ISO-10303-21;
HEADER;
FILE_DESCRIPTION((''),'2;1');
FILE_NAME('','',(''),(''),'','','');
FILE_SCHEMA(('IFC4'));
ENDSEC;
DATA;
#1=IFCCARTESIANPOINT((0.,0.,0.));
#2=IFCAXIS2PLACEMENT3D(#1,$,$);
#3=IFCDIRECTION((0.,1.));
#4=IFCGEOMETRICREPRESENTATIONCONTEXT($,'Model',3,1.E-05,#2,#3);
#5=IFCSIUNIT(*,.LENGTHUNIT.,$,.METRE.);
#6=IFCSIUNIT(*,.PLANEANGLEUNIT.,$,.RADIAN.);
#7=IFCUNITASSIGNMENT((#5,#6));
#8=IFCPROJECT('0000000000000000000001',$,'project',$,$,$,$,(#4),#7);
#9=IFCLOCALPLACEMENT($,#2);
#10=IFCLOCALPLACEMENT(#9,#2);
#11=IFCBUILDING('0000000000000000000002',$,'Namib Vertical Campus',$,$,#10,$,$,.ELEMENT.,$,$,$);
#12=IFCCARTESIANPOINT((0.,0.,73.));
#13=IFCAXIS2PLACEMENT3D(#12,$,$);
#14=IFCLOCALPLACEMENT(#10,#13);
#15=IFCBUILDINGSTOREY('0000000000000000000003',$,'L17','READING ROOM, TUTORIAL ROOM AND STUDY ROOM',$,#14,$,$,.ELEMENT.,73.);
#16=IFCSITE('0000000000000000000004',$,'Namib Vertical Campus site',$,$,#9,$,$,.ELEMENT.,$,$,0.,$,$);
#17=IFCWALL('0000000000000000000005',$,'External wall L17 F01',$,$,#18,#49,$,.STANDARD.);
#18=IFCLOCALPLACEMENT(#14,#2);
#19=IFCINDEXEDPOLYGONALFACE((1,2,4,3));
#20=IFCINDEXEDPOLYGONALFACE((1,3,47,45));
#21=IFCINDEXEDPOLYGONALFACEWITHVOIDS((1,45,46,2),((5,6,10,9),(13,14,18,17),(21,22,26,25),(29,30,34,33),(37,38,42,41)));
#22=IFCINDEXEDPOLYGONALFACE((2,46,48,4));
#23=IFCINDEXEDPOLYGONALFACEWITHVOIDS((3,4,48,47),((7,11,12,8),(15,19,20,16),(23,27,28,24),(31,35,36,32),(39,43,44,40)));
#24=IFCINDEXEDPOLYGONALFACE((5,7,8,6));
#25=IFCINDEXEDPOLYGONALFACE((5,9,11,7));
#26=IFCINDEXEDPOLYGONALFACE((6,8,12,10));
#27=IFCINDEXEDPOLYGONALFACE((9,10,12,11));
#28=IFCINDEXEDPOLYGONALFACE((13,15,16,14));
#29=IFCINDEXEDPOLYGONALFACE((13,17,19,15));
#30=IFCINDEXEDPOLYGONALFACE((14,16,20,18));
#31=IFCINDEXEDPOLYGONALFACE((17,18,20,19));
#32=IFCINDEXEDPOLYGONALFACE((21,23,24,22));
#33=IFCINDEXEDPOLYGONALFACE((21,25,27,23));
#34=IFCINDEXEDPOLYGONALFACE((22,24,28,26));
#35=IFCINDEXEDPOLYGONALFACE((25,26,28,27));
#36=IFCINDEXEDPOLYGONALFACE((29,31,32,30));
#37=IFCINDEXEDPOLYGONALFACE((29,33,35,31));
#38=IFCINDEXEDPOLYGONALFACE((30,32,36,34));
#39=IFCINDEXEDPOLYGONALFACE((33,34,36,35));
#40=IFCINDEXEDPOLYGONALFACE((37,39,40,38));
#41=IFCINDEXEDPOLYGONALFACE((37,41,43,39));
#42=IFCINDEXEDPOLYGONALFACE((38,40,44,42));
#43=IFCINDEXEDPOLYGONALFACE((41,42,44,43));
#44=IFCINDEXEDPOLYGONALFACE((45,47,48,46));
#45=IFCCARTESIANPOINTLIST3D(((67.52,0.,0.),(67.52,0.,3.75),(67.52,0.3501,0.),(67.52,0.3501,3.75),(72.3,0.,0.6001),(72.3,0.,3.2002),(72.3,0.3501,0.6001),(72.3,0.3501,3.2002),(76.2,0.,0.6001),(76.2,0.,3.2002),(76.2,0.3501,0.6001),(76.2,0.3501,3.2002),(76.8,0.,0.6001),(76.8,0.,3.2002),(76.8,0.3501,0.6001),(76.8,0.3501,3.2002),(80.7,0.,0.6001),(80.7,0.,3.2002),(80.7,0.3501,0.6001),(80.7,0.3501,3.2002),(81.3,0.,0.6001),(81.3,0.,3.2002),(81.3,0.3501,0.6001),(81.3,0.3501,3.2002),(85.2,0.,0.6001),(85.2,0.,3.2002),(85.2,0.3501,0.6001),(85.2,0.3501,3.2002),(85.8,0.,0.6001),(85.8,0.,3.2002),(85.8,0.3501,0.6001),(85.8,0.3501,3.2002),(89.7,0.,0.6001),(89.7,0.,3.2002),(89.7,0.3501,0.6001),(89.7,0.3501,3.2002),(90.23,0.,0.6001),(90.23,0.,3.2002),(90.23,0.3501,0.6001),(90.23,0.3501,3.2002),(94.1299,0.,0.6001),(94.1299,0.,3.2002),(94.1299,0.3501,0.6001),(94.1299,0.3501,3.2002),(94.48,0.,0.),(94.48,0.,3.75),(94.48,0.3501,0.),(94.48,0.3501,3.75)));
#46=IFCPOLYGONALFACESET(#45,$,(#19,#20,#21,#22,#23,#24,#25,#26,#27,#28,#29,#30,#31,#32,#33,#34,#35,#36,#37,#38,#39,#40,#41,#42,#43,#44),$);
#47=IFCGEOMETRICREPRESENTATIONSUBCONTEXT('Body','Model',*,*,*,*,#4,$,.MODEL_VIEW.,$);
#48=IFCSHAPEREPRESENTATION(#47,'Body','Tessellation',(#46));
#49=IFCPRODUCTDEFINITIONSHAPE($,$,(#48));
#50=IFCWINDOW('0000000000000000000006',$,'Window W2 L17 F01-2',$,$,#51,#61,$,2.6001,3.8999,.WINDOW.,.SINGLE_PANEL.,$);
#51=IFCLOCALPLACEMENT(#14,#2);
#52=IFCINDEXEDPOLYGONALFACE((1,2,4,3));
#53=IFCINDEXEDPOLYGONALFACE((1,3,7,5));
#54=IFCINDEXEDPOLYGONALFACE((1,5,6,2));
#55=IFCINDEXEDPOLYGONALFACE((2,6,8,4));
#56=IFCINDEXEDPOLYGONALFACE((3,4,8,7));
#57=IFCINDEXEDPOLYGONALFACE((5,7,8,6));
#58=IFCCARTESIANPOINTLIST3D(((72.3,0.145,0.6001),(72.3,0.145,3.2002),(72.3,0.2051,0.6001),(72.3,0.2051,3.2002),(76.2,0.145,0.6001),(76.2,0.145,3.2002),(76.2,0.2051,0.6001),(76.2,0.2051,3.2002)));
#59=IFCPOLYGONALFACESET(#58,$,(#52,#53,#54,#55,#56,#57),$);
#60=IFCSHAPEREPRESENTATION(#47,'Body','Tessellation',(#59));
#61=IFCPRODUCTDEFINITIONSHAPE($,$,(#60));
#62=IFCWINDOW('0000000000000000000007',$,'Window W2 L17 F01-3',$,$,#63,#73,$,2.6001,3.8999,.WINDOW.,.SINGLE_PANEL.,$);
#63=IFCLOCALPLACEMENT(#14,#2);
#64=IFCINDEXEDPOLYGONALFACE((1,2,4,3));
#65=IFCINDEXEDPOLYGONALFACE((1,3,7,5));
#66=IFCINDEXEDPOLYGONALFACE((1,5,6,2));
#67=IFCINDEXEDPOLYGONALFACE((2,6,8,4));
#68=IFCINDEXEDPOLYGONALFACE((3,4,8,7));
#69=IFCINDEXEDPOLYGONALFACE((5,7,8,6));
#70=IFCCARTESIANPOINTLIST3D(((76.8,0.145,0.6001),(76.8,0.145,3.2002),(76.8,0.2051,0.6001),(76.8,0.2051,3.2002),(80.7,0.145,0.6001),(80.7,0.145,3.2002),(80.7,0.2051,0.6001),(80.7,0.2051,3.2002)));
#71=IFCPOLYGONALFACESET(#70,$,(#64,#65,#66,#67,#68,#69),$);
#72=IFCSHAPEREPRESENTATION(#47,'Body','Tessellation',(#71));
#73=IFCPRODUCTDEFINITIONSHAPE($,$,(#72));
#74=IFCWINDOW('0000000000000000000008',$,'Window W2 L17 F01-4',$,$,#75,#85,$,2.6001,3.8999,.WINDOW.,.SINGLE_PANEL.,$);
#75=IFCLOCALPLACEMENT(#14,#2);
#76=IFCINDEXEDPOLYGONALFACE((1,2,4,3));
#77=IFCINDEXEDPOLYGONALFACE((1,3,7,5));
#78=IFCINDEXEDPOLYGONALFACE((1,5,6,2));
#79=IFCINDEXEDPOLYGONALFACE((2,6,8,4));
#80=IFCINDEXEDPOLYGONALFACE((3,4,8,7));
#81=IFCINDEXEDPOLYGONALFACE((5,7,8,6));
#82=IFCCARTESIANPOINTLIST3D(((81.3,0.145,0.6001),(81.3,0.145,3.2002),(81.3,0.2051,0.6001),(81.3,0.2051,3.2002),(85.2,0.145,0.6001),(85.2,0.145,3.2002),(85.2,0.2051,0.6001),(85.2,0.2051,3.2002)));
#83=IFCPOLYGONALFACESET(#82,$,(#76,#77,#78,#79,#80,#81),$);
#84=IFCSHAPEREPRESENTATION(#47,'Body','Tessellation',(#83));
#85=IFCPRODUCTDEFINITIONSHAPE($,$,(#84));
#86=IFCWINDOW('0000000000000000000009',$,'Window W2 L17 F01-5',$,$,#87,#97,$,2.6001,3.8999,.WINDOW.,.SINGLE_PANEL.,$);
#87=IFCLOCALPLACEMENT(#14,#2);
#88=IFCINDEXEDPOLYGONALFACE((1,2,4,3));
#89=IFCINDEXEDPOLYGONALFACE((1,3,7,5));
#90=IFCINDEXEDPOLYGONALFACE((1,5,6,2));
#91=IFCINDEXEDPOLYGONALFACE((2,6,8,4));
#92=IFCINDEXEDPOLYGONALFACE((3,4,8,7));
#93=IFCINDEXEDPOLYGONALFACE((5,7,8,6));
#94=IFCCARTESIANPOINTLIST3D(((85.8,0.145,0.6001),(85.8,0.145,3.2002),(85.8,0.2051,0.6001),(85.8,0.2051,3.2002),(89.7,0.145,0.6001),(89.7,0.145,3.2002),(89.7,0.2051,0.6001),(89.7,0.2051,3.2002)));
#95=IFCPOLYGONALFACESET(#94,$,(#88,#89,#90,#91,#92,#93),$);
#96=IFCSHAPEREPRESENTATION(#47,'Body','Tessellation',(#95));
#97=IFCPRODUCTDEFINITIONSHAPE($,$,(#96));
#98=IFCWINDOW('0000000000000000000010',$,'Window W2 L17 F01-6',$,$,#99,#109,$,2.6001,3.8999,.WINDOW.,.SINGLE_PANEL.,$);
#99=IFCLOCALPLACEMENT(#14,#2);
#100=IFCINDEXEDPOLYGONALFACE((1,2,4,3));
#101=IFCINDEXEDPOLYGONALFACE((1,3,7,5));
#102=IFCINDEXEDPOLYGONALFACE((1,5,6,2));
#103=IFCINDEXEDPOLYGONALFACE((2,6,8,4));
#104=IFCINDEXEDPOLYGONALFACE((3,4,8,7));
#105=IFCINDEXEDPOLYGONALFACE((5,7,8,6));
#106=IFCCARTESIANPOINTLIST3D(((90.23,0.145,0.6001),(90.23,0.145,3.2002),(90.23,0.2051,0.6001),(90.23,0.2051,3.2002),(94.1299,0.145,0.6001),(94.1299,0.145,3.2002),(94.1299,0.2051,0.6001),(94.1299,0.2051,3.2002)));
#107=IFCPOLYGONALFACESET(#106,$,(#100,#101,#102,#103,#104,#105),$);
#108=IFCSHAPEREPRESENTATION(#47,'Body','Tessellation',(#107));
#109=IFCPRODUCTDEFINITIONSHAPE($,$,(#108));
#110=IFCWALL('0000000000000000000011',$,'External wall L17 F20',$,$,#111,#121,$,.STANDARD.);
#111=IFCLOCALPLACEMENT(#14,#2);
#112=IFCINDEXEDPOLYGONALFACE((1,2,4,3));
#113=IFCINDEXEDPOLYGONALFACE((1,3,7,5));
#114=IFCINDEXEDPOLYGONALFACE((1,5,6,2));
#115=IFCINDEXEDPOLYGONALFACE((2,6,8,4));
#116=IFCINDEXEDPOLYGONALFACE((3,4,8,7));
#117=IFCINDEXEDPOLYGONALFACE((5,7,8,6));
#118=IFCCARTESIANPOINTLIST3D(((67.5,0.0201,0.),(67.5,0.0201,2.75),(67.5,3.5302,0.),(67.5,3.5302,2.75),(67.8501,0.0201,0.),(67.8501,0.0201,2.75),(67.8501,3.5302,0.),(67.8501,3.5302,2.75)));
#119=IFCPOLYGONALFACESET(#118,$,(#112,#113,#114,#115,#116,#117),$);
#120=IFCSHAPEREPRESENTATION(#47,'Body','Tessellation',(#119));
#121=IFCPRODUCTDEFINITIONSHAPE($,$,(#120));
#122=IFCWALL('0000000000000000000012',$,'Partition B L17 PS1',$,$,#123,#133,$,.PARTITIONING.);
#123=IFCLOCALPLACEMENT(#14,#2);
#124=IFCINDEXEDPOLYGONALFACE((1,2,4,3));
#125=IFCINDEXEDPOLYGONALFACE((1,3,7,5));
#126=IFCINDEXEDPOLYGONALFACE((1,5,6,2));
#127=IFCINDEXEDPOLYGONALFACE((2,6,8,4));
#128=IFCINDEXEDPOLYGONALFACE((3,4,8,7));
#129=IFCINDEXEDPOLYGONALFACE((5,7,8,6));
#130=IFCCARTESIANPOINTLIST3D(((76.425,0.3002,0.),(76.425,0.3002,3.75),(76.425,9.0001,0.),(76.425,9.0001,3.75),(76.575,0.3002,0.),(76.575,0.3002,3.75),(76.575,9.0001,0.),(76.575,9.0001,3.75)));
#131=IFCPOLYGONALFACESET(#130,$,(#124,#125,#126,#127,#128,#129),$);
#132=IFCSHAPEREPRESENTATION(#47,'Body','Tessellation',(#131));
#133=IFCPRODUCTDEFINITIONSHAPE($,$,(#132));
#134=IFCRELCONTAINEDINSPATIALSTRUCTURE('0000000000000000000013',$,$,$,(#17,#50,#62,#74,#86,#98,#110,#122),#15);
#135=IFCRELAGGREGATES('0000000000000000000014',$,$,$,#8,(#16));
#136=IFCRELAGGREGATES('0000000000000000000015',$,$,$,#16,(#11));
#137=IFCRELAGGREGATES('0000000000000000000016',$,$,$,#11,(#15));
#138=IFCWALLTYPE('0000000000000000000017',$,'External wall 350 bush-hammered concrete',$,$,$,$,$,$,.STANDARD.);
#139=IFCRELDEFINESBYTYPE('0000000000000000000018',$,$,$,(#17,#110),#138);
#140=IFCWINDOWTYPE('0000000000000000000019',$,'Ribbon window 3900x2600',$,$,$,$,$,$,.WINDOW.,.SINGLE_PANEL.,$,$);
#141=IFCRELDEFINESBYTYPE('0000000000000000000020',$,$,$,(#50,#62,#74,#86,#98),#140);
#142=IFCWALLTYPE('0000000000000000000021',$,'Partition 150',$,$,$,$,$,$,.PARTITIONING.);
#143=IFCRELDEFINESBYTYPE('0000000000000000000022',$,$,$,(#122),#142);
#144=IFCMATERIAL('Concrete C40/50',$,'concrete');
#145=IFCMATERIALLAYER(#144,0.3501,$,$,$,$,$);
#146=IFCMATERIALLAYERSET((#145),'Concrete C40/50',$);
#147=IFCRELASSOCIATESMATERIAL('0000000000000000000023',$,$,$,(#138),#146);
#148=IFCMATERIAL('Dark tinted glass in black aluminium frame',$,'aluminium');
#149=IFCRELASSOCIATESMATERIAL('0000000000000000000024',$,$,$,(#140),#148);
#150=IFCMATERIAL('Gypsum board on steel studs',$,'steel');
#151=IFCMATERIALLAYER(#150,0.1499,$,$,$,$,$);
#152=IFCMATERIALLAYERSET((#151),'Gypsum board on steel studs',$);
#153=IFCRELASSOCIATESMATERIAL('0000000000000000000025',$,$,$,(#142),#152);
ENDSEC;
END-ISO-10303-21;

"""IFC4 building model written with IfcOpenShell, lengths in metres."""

from ifc_helpers import new_model, si_unit, direction, frame, frame_2d, origin, place, context, subcontext, project, spatial, rectangle, extrude, material, layer, layer_set, type_object, element, fill, save


model = new_model("IFC4")

# Units and contexts
model_context = context("Model", 3, precision=1e-05, world=origin(), true_north=direction((0.0, 1.0)))
body_context = subcontext(model_context, "Body", "Model", "MODEL_VIEW")
ifc_project = project(units=[si_unit("LENGTHUNIT", "METRE"), si_unit("PLANEANGLEUNIT", "RADIAN")], contexts=[model_context])

# Site, building, storey
site_placement = place(None, origin())
site = spatial("IfcSite", under=ifc_project, at=site_placement, Name="Namib Vertical Campus site", CompositionType="ELEMENT", RefElevation=0.0)
building_placement = place(site_placement, origin())
building = spatial("IfcBuilding", under=site, at=building_placement, Name="Namib Vertical Campus", CompositionType="ELEMENT")
storey_placement = place(building_placement, frame((0.0, 0.0, 73.0)))
storey = spatial("IfcBuildingStorey", under=building, at=storey_placement, Name="L17", Description="READING ROOM, TUTORIAL ROOM AND STUDY ROOM", CompositionType="ELEMENT", Elevation=73.0)

# Wall, openings, windows
ifc_material_1 = material(Name="Concrete C40/50", Category="concrete")
ifc_layer_1 = layer(ifc_material_1, 0.3501)
ifc_layer_set_1 = layer_set([ifc_layer_1], Name="Concrete C40/50")
wall_type_1 = type_object("IfcWallType", Name="External wall 350 bush-hammered concrete", PredefinedType="STANDARD", material=ifc_layer_set_1)
wall_1_placement = place(storey_placement, frame((67.52, 0.175, 0.0), z_axis=(0.0, 0.0, 1.0), x_axis=(1.0, 0.0, 0.0)))
wall_1 = element("IfcWall", 1, at=wall_1_placement, inside=storey, type_object=wall_type_1, Name="External wall L17 F01", PredefinedType="STANDARD", context=body_context, shape_type="SweptSolid", body=[
    extrude(rectangle(XDim=26.96, YDim=0.3501, at=frame_2d((13.48, 0.0))), origin(), (0.0, 0.0, 1.0), 3.75),
])
opening_1_placement = place(wall_1_placement, frame((4.78, 0.0, 0.6001)))
opening_1 = element("IfcOpeningElement", 2, at=opening_1_placement, cuts=wall_1, PredefinedType="OPENING", context=body_context, shape_type="SweptSolid", body=[
    extrude(rectangle(XDim=3.8999, YDim=2.6001, at=frame_2d((1.95, 1.3))), frame((0.0, 0.1851, 0.0), z_axis=(0.0, -1.0, 0.0), x_axis=(1.0, 0.0, 0.0)), (0.0, 0.0, 1.0), 0.3701),
])
opening_2_placement = place(wall_1_placement, frame((9.28, 0.0, 0.6001)))
opening_2 = element("IfcOpeningElement", 3, at=opening_2_placement, cuts=wall_1, PredefinedType="OPENING", context=body_context, shape_type="SweptSolid", body=[
    extrude(rectangle(XDim=3.8999, YDim=2.6001, at=frame_2d((1.95, 1.3))), frame((0.0, 0.1851, 0.0), z_axis=(0.0, -1.0, 0.0), x_axis=(1.0, 0.0, 0.0)), (0.0, 0.0, 1.0), 0.3701),
])
opening_3_placement = place(wall_1_placement, frame((13.78, 0.0, 0.6001)))
opening_3 = element("IfcOpeningElement", 4, at=opening_3_placement, cuts=wall_1, PredefinedType="OPENING", context=body_context, shape_type="SweptSolid", body=[
    extrude(rectangle(XDim=3.8999, YDim=2.6001, at=frame_2d((1.95, 1.3))), frame((0.0, 0.1851, 0.0), z_axis=(0.0, -1.0, 0.0), x_axis=(1.0, 0.0, 0.0)), (0.0, 0.0, 1.0), 0.3701),
])
opening_4_placement = place(wall_1_placement, frame((18.28, 0.0, 0.6001)))
opening_4 = element("IfcOpeningElement", 5, at=opening_4_placement, cuts=wall_1, PredefinedType="OPENING", context=body_context, shape_type="SweptSolid", body=[
    extrude(rectangle(XDim=3.8999, YDim=2.6001, at=frame_2d((1.95, 1.3))), frame((0.0, 0.1851, 0.0), z_axis=(0.0, -1.0, 0.0), x_axis=(1.0, 0.0, 0.0)), (0.0, 0.0, 1.0), 0.3701),
])
opening_5_placement = place(wall_1_placement, frame((22.71, 0.0, 0.6001)))
opening_5 = element("IfcOpeningElement", 6, at=opening_5_placement, cuts=wall_1, PredefinedType="OPENING", context=body_context, shape_type="SweptSolid", body=[
    extrude(rectangle(XDim=3.8999, YDim=2.6001, at=frame_2d((1.95, 1.3))), frame((0.0, 0.1851, 0.0), z_axis=(0.0, -1.0, 0.0), x_axis=(1.0, 0.0, 0.0)), (0.0, 0.0, 1.0), 0.3701),
])
ifc_material_2 = material(Name="Dark tinted glass in black aluminium frame", Category="aluminium")
window_type = type_object("IfcWindowType", Name="Ribbon window 3900x2600", PartitioningType="SINGLE_PANEL", PredefinedType="WINDOW", material=ifc_material_2)
window_1_placement = place(opening_1_placement, origin())
window_1 = element("IfcWindow", 7, at=window_1_placement, inside=storey, type_object=window_type, Name="Window W2 L17 F01-2", OverallHeight=2.6001, OverallWidth=3.8999, PartitioningType="SINGLE_PANEL", PredefinedType="WINDOW", context=body_context, shape_type="SweptSolid", body=[
    extrude(rectangle(XDim=3.8999, YDim=2.6001, at=frame_2d((1.95, 1.3))), frame((0.0, 0.03, 0.0), z_axis=(0.0, -1.0, 0.0), x_axis=(1.0, 0.0, 0.0)), (0.0, 0.0, 1.0), 0.0601),
])
fill(opening_1, window_1)
window_2_placement = place(opening_2_placement, origin())
window_2 = element("IfcWindow", 8, at=window_2_placement, inside=storey, type_object=window_type, Name="Window W2 L17 F01-3", OverallHeight=2.6001, OverallWidth=3.8999, PartitioningType="SINGLE_PANEL", PredefinedType="WINDOW", context=body_context, shape_type="SweptSolid", body=[
    extrude(rectangle(XDim=3.8999, YDim=2.6001, at=frame_2d((1.95, 1.3))), frame((0.0, 0.03, 0.0), z_axis=(0.0, -1.0, 0.0), x_axis=(1.0, 0.0, 0.0)), (0.0, 0.0, 1.0), 0.0601),
])
fill(opening_2, window_2)
window_3_placement = place(opening_3_placement, origin())
window_3 = element("IfcWindow", 9, at=window_3_placement, inside=storey, type_object=window_type, Name="Window W2 L17 F01-4", OverallHeight=2.6001, OverallWidth=3.8999, PartitioningType="SINGLE_PANEL", PredefinedType="WINDOW", context=body_context, shape_type="SweptSolid", body=[
    extrude(rectangle(XDim=3.8999, YDim=2.6001, at=frame_2d((1.95, 1.3))), frame((0.0, 0.03, 0.0), z_axis=(0.0, -1.0, 0.0), x_axis=(1.0, 0.0, 0.0)), (0.0, 0.0, 1.0), 0.0601),
])
fill(opening_3, window_3)
window_4_placement = place(opening_4_placement, origin())
window_4 = element("IfcWindow", 10, at=window_4_placement, inside=storey, type_object=window_type, Name="Window W2 L17 F01-5", OverallHeight=2.6001, OverallWidth=3.8999, PartitioningType="SINGLE_PANEL", PredefinedType="WINDOW", context=body_context, shape_type="SweptSolid", body=[
    extrude(rectangle(XDim=3.8999, YDim=2.6001, at=frame_2d((1.95, 1.3))), frame((0.0, 0.03, 0.0), z_axis=(0.0, -1.0, 0.0), x_axis=(1.0, 0.0, 0.0)), (0.0, 0.0, 1.0), 0.0601),
])
fill(opening_4, window_4)
window_5_placement = place(opening_5_placement, origin())
window_5 = element("IfcWindow", 11, at=window_5_placement, inside=storey, type_object=window_type, Name="Window W2 L17 F01-6", OverallHeight=2.6001, OverallWidth=3.8999, PartitioningType="SINGLE_PANEL", PredefinedType="WINDOW", context=body_context, shape_type="SweptSolid", body=[
    extrude(rectangle(XDim=3.8999, YDim=2.6001, at=frame_2d((1.95, 1.3))), frame((0.0, 0.03, 0.0), z_axis=(0.0, -1.0, 0.0), x_axis=(1.0, 0.0, 0.0)), (0.0, 0.0, 1.0), 0.0601),
])
fill(opening_5, window_5)

# Walls
wall_2_placement = place(storey_placement, frame((67.675, 3.53, 0.0), z_axis=(0.0, 0.0, 1.0), x_axis=(0.0, -1.0, 0.0)))
element("IfcWall", 12, at=wall_2_placement, inside=storey, type_object=wall_type_1, Name="External wall L17 F20", PredefinedType="STANDARD", context=body_context, shape_type="SweptSolid", body=[
    extrude(rectangle(XDim=3.51, YDim=0.3501, at=frame_2d((1.7549, 0.0))), origin(), (0.0, 0.0, 1.0), 2.75),
])
ifc_material_3 = material(Name="Gypsum board on steel studs", Category="steel")
ifc_layer_2 = layer(ifc_material_3, 0.1499)
ifc_layer_set_2 = layer_set([ifc_layer_2], Name="Gypsum board on steel studs")
wall_type_2 = type_object("IfcWallType", Name="Partition 150", PredefinedType="PARTITIONING", material=ifc_layer_set_2)
wall_3_placement = place(storey_placement, frame((76.5, 0.3, 0.0), z_axis=(0.0, 0.0, 1.0), x_axis=(0.0, 1.0, 0.0)))
element("IfcWall", 13, at=wall_3_placement, inside=storey, type_object=wall_type_2, Name="Partition B L17 PS1", PredefinedType="PARTITIONING", context=body_context, shape_type="SweptSolid", body=[
    extrude(rectangle(XDim=8.7, YDim=0.1499, at=frame_2d((4.3501, 0.0))), origin(), (0.0, 0.0, 1.0), 3.75),
])

save(model, "model.ifc")
